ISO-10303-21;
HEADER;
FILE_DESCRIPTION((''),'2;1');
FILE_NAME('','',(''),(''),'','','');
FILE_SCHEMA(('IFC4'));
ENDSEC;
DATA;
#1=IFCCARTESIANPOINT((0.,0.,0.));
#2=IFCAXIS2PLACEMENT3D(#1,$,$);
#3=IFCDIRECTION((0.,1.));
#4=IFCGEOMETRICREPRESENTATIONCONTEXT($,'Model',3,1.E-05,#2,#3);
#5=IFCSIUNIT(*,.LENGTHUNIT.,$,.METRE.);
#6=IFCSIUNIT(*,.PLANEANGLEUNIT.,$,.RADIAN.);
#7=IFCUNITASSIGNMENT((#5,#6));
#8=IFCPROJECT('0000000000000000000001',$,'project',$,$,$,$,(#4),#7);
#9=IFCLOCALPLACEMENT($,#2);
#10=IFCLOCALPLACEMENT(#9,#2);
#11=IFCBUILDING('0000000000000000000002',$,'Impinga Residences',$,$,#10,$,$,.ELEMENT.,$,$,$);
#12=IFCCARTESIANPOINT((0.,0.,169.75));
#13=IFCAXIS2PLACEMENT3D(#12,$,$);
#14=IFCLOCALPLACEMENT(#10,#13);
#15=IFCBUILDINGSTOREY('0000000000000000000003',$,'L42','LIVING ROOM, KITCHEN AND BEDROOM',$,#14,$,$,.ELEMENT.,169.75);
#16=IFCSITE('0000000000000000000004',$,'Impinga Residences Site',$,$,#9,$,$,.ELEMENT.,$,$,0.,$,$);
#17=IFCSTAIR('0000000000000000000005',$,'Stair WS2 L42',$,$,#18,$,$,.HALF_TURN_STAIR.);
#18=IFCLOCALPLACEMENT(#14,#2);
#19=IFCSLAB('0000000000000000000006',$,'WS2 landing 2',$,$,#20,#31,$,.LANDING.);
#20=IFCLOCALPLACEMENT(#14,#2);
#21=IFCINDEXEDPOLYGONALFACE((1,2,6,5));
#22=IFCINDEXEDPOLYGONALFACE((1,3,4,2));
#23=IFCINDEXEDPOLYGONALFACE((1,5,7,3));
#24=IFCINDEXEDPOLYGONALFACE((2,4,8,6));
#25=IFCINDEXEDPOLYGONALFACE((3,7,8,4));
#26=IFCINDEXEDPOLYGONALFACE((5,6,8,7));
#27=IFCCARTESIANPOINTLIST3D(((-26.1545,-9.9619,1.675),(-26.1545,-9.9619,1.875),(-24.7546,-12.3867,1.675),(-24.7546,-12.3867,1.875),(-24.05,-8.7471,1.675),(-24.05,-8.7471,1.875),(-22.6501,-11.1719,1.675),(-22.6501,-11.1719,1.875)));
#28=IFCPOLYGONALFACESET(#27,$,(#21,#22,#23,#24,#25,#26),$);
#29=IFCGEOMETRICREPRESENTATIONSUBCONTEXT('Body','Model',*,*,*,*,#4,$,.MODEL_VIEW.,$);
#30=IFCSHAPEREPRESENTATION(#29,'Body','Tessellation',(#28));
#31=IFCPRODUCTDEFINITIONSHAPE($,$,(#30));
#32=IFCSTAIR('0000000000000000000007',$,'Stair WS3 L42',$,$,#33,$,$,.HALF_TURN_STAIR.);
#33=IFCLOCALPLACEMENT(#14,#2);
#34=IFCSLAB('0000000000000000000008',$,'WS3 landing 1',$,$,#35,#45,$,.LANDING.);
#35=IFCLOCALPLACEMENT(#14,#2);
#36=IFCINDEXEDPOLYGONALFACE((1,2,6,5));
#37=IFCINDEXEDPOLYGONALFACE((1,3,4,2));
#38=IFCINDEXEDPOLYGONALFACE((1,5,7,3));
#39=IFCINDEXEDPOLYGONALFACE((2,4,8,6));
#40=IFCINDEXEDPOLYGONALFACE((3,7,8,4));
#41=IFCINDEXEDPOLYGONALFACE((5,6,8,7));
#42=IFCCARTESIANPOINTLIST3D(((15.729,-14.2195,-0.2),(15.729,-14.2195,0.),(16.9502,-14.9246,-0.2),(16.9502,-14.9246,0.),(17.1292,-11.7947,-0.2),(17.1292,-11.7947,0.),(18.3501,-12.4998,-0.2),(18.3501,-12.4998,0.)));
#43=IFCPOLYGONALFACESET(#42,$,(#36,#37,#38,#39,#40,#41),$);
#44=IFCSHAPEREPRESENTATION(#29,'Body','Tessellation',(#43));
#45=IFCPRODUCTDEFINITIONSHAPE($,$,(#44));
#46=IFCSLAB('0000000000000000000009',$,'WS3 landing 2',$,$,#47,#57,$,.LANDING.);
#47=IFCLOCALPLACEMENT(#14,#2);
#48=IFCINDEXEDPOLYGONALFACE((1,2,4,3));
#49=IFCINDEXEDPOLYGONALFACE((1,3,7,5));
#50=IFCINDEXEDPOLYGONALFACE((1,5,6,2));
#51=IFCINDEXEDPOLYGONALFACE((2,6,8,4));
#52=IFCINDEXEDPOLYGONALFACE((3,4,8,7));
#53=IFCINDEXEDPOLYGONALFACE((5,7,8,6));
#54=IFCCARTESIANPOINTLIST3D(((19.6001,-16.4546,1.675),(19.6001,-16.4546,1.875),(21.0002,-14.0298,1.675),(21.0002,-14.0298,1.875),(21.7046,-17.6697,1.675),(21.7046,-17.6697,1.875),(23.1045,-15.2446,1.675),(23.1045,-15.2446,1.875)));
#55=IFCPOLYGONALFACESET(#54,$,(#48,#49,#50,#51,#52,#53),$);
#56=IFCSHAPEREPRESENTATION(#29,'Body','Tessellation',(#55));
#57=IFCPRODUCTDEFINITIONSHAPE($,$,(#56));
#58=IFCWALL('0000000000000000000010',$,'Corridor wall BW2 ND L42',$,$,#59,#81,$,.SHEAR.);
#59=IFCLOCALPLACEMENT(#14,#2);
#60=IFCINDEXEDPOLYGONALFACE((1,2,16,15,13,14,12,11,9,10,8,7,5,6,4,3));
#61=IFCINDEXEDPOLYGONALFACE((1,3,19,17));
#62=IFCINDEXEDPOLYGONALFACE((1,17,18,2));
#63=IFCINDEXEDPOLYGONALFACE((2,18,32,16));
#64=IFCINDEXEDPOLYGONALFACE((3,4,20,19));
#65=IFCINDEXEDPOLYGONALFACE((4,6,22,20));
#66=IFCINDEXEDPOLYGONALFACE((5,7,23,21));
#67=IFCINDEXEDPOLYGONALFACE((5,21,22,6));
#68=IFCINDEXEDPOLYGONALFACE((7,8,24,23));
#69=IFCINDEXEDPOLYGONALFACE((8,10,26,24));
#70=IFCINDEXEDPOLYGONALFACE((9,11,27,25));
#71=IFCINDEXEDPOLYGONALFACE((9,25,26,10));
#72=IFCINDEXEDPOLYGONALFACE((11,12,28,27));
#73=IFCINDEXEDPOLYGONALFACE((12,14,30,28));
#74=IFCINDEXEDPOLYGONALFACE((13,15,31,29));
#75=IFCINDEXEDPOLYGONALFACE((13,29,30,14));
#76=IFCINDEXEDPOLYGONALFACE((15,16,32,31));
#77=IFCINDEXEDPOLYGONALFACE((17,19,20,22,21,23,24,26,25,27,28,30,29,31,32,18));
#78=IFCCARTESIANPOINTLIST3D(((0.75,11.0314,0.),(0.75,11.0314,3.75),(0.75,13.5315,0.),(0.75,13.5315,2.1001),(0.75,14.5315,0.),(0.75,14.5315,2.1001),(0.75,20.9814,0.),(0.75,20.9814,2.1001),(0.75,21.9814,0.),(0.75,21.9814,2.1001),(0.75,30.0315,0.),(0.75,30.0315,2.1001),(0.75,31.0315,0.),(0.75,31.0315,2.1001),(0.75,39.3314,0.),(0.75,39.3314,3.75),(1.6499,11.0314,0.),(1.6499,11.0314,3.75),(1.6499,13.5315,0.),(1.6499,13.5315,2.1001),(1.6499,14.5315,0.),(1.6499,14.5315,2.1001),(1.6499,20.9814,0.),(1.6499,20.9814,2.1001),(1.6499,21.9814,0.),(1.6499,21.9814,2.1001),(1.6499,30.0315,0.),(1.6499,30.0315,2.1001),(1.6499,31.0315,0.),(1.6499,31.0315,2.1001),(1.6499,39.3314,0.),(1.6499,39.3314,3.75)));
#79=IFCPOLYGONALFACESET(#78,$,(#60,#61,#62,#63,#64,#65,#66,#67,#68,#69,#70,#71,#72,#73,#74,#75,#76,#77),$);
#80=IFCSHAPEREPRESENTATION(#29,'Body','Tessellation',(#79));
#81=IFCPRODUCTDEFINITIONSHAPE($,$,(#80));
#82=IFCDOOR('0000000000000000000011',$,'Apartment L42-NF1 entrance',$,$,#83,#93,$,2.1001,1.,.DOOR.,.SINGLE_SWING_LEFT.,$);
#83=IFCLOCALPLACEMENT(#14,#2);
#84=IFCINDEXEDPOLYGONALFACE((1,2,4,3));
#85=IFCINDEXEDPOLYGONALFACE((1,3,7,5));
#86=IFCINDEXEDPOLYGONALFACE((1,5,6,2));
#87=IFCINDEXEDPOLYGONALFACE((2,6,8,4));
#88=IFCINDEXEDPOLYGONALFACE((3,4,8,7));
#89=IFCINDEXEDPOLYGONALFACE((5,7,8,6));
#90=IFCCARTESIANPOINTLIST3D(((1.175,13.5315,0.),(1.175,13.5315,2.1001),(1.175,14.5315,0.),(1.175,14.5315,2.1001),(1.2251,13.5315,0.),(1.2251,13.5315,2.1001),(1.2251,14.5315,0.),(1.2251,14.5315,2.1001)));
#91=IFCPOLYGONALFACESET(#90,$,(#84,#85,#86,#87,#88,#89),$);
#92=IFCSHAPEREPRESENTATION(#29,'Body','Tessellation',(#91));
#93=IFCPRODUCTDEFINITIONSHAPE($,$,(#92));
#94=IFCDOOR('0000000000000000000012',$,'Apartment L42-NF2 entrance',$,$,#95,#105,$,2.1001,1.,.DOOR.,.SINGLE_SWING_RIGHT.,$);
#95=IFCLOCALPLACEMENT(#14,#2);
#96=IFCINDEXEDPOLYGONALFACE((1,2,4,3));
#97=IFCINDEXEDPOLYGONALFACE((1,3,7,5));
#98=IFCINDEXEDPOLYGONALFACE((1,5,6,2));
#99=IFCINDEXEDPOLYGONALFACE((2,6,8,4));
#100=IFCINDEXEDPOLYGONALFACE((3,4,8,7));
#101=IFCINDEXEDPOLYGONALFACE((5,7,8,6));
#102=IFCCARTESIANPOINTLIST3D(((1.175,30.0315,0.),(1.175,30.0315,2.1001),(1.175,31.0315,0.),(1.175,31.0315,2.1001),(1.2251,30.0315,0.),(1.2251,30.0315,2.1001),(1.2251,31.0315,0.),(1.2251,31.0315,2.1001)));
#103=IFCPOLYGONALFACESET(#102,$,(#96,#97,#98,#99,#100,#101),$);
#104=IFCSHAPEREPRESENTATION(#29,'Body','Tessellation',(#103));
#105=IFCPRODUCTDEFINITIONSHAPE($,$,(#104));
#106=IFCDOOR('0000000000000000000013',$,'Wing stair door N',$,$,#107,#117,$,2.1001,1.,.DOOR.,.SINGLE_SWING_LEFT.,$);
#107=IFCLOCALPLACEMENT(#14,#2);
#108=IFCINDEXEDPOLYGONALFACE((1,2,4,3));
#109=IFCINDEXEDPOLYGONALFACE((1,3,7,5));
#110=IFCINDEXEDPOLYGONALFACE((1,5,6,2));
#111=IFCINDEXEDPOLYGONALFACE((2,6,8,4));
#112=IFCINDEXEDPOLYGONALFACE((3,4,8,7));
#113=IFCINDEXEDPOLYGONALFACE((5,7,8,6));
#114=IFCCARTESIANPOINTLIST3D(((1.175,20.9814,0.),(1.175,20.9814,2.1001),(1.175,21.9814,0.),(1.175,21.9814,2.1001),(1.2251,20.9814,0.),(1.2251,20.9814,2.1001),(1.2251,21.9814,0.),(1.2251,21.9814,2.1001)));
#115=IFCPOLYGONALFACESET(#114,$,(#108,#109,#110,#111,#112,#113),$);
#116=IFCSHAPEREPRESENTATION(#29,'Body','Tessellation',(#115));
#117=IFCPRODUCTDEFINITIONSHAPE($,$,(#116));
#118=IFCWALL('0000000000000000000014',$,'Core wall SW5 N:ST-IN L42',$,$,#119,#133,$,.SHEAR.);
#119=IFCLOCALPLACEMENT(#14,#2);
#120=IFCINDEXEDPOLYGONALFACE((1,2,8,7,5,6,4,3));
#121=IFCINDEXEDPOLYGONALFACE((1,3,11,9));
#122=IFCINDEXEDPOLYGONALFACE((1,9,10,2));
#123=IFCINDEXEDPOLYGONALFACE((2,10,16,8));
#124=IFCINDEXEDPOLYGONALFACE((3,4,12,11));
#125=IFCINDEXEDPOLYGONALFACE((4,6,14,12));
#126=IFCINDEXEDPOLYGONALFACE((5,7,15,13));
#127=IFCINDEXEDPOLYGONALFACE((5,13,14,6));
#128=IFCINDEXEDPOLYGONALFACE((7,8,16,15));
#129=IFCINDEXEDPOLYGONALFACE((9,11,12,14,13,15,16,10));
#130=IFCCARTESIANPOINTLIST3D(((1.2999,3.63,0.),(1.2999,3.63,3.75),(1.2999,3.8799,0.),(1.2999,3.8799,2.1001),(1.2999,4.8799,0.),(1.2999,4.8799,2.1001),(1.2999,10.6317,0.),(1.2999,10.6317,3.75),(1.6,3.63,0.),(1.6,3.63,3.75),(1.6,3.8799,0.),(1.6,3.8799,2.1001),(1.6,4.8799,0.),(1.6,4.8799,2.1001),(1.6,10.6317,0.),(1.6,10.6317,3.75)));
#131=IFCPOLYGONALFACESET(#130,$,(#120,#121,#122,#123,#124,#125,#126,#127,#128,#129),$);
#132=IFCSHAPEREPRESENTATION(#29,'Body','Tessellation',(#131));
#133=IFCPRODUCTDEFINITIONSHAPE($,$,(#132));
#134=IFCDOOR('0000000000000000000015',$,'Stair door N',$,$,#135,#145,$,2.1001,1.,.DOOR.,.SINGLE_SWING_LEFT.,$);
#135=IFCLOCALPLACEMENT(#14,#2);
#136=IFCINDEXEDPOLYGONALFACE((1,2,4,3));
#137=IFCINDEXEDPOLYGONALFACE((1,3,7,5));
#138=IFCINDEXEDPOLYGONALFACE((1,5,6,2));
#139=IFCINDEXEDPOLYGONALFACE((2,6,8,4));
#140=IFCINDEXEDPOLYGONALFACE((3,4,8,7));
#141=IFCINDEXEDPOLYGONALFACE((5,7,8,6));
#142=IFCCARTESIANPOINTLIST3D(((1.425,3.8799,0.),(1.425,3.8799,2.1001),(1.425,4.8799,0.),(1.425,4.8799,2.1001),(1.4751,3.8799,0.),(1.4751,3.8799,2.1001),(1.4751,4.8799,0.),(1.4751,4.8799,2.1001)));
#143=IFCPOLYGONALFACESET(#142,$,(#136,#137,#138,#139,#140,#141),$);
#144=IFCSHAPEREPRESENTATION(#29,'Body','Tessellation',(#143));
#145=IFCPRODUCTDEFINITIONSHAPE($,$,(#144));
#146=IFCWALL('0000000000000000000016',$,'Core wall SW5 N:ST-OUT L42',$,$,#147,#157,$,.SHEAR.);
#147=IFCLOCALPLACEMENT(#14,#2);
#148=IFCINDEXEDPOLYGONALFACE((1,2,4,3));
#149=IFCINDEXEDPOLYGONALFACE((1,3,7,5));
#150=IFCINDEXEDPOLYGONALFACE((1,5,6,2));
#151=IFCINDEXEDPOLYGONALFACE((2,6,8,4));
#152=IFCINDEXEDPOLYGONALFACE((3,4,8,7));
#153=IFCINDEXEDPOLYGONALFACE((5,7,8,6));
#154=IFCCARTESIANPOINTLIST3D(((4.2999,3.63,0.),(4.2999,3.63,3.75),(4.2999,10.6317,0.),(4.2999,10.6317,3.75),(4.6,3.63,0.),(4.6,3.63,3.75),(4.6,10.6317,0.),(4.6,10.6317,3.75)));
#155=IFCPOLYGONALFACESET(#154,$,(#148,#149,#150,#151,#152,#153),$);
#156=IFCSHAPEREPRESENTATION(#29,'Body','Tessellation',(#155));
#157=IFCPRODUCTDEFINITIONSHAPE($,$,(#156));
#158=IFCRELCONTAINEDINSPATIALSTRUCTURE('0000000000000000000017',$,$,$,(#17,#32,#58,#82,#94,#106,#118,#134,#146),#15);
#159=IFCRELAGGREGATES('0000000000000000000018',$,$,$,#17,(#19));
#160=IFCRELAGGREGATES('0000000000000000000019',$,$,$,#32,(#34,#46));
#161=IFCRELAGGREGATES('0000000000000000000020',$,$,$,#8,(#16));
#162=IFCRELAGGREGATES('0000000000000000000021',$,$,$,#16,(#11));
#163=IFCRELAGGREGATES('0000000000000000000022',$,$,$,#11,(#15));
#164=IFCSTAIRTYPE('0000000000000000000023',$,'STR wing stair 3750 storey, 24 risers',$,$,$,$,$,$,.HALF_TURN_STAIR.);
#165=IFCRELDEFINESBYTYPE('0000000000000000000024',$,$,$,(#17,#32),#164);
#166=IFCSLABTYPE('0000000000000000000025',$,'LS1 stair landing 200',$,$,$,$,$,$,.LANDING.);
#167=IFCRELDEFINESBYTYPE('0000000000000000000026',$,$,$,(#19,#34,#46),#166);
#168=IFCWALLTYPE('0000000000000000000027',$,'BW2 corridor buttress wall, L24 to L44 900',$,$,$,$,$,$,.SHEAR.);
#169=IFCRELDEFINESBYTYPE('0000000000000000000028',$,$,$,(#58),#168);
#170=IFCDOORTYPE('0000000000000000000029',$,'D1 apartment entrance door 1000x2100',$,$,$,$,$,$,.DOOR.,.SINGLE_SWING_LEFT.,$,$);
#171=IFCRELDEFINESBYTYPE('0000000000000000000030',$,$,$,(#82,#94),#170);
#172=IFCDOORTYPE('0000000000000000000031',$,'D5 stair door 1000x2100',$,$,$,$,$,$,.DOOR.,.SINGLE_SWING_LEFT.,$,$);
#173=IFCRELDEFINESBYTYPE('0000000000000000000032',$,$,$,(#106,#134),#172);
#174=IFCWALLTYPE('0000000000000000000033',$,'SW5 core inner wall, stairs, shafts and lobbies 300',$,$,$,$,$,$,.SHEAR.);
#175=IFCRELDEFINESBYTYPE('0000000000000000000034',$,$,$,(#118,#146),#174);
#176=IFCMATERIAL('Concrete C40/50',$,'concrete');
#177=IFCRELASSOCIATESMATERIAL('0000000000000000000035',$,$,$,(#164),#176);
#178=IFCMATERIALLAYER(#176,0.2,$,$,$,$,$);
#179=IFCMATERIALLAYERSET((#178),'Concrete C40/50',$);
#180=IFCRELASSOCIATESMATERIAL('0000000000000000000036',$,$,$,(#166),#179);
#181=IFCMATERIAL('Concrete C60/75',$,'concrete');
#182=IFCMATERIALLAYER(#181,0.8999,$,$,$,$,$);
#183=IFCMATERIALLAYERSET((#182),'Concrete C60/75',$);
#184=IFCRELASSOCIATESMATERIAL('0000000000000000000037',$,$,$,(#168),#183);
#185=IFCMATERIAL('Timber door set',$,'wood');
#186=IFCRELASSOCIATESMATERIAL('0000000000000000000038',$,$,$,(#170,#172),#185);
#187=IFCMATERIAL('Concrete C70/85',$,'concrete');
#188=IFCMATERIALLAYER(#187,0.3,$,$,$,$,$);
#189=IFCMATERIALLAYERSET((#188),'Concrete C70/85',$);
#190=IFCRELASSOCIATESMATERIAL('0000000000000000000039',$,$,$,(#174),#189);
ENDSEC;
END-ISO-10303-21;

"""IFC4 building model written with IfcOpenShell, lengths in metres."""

from ifc_helpers import new_model, si_unit, direction, frame, frame_2d, origin, place, context, subcontext, project, spatial, polyline, rectangle, outline, extrude, material, layer, layer_set, type_object, element, fill, aggregate, save


model = new_model("IFC4")

# Units and contexts
model_context = context("Model", 3, precision=1e-05, world=origin(), true_north=direction((0.0, 1.0)))
body_context = subcontext(model_context, "Body", "Model", "MODEL_VIEW")
ifc_project = project(units=[si_unit("LENGTHUNIT", "METRE"), si_unit("PLANEANGLEUNIT", "RADIAN")], contexts=[model_context])

# Site, building, storey
site_placement = place(None, origin())
site = spatial("IfcSite", under=ifc_project, at=site_placement, Name="Impinga Residences Site", CompositionType="ELEMENT", RefElevation=0.0)
building_placement = place(site_placement, origin())
building = spatial("IfcBuilding", under=site, at=building_placement, Name="Impinga Residences", CompositionType="ELEMENT")
storey_placement = place(building_placement, frame((0.0, 0.0, 169.75)))
storey = spatial("IfcBuildingStorey", under=building, at=storey_placement, Name="L42", Description="LIVING ROOM, KITCHEN AND BEDROOM", CompositionType="ELEMENT", Elevation=169.75)

# Stair, slab
ifc_material_1 = material(Name="Concrete C40/50", Category="concrete")
stair_type_1 = type_object("IfcStairType", Name="STR wing stair 3750 storey, 24 risers", PredefinedType="HALF_TURN_STAIR", material=ifc_material_1)
stair_1_placement = place(storey_placement, origin())
stair_1 = element("IfcStair", 1, at=stair_1_placement, inside=storey, type_object=stair_type_1, Name="Stair WS2 L42", PredefinedType="HALF_TURN_STAIR")
ifc_layer_1 = layer(ifc_material_1, 0.2)
ifc_layer_set_1 = layer_set([ifc_layer_1], Name="Concrete C40/50")
slab_type = type_object("IfcSlabType", Name="LS1 stair landing 200", PredefinedType="LANDING", material=ifc_layer_set_1)
slab_1_placement = place(storey_placement, frame((0.0, 0.0, 1.675)))
slab_1 = element("IfcSlab", 2, at=slab_1_placement, type_object=slab_type, Name="WS2 landing 2", PredefinedType="LANDING", context=body_context, shape_type="SweptSolid", body=[
    extrude(outline(polyline([(-22.6501, -11.1719), (-24.05, -8.7471), (-26.1545, -9.9619), (-24.7546, -12.3867), (-22.6501, -11.1719)])), origin(), (0.0, 0.0, 1.0), 0.2),
])
aggregate(stair_1, [slab_1])

# Stair, slabs
stair_2_placement = place(storey_placement, origin())
stair_2 = element("IfcStair", 3, at=stair_2_placement, inside=storey, type_object=stair_type_1, Name="Stair WS3 L42", PredefinedType="HALF_TURN_STAIR")
slab_2_placement = place(storey_placement, frame((0.0, 0.0, -0.2)))
slab_2 = element("IfcSlab", 4, at=slab_2_placement, type_object=slab_type, Name="WS3 landing 1", PredefinedType="LANDING", context=body_context, shape_type="SweptSolid", body=[
    extrude(outline(polyline([(17.1292, -11.7947), (15.729, -14.2195), (16.9502, -14.9246), (18.3501, -12.4998), (17.1292, -11.7947)])), origin(), (0.0, 0.0, 1.0), 0.2),
])
slab_3_placement = place(storey_placement, frame((0.0, 0.0, 1.675)))
slab_3 = element("IfcSlab", 5, at=slab_3_placement, type_object=slab_type, Name="WS3 landing 2", PredefinedType="LANDING", context=body_context, shape_type="SweptSolid", body=[
    extrude(outline(polyline([(21.0002, -14.0298), (19.6001, -16.4546), (21.7046, -17.6697), (23.1045, -15.2446), (21.0002, -14.0298)])), origin(), (0.0, 0.0, 1.0), 0.2),
])
aggregate(stair_2, [slab_2, slab_3])

# Wall, openings, doors
ifc_material_2 = material(Name="Concrete C60/75", Category="concrete")
ifc_layer_2 = layer(ifc_material_2, 0.8999)
ifc_layer_set_2 = layer_set([ifc_layer_2], Name="Concrete C60/75")
wall_type_1 = type_object("IfcWallType", Name="BW2 corridor buttress wall, L24 to L44 900", PredefinedType="SHEAR", material=ifc_layer_set_2)
wall_1_placement = place(storey_placement, frame((1.2, 11.0315, 0.0), z_axis=(0.0, 0.0, 1.0), x_axis=(0.0, 1.0, 0.0)))
wall_1 = element("IfcWall", 6, at=wall_1_placement, inside=storey, type_object=wall_type_1, Name="Corridor wall BW2 ND L42", PredefinedType="SHEAR", context=body_context, shape_type="SweptSolid", body=[
    extrude(rectangle(XDim=28.3, YDim=0.8999, at=frame_2d((14.1499, 0.0))), origin(), (0.0, 0.0, 1.0), 3.75),
])
opening_1_placement = place(wall_1_placement, frame((9.95, 0.0, 0.0)))
opening_1 = element("IfcOpeningElement", 7, at=opening_1_placement, cuts=wall_1, PredefinedType="OPENING", context=body_context, shape_type="SweptSolid", body=[
    extrude(rectangle(XDim=1.0, YDim=2.1001, at=frame_2d((0.5, 1.05))), frame((0.0, 0.46, 0.0), z_axis=(0.0, -1.0, 0.0), x_axis=(1.0, 0.0, 0.0)), (0.0, 0.0, 1.0), 0.9199),
])
opening_2_placement = place(wall_1_placement, frame((2.5, 0.0, 0.0)))
opening_2 = element("IfcOpeningElement", 8, at=opening_2_placement, cuts=wall_1, PredefinedType="OPENING", context=body_context, shape_type="SweptSolid", body=[
    extrude(rectangle(XDim=1.0, YDim=2.1001, at=frame_2d((0.5, 1.05))), frame((0.0, 0.46, 0.0), z_axis=(0.0, -1.0, 0.0), x_axis=(1.0, 0.0, 0.0)), (0.0, 0.0, 1.0), 0.9199),
])
opening_3_placement = place(wall_1_placement, frame((19.0, 0.0, 0.0)))
opening_3 = element("IfcOpeningElement", 9, at=opening_3_placement, cuts=wall_1, PredefinedType="OPENING", context=body_context, shape_type="SweptSolid", body=[
    extrude(rectangle(XDim=1.0, YDim=2.1001, at=frame_2d((0.5, 1.05))), frame((0.0, 0.46, 0.0), z_axis=(0.0, -1.0, 0.0), x_axis=(1.0, 0.0, 0.0)), (0.0, 0.0, 1.0), 0.9199),
])
ifc_material_3 = material(Name="Timber door set", Category="wood")
door_type_1 = type_object("IfcDoorType", Name="D1 apartment entrance door 1000x2100", OperationType="SINGLE_SWING_LEFT", PredefinedType="DOOR", material=ifc_material_3)
door_1_placement = place(opening_2_placement, origin())
door_1 = element("IfcDoor", 10, at=door_1_placement, inside=storey, type_object=door_type_1, Name="Apartment L42-NF1 entrance", OperationType="SINGLE_SWING_LEFT", OverallHeight=2.1001, OverallWidth=1.0, PredefinedType="DOOR", context=body_context, shape_type="SweptSolid", body=[
    extrude(rectangle(XDim=1.0, YDim=2.1001, at=frame_2d((0.5, 1.05))), frame((0.0, 0.0249, 0.0), z_axis=(0.0, -1.0, 0.0), x_axis=(1.0, 0.0, 0.0)), (0.0, 0.0, 1.0), 0.05),
])
fill(opening_2, door_1)
door_2_placement = place(opening_3_placement, origin())
door_2 = element("IfcDoor", 11, at=door_2_placement, inside=storey, type_object=door_type_1, Name="Apartment L42-NF2 entrance", OperationType="SINGLE_SWING_RIGHT", OverallHeight=2.1001, OverallWidth=1.0, PredefinedType="DOOR", context=body_context, shape_type="SweptSolid", body=[
    extrude(rectangle(XDim=1.0, YDim=2.1001, at=frame_2d((0.5, 1.05))), frame((0.0, 0.0249, 0.0), z_axis=(0.0, -1.0, 0.0), x_axis=(1.0, 0.0, 0.0)), (0.0, 0.0, 1.0), 0.05),
])
fill(opening_3, door_2)
door_type_2 = type_object("IfcDoorType", Name="D5 stair door 1000x2100", OperationType="SINGLE_SWING_LEFT", PredefinedType="DOOR", material=ifc_material_3)
door_3_placement = place(opening_1_placement, origin())
door_3 = element("IfcDoor", 12, at=door_3_placement, inside=storey, type_object=door_type_2, Name="Wing stair door N", OperationType="SINGLE_SWING_LEFT", OverallHeight=2.1001, OverallWidth=1.0, PredefinedType="DOOR", context=body_context, shape_type="SweptSolid", body=[
    extrude(rectangle(XDim=1.0, YDim=2.1001, at=frame_2d((0.5, 1.05))), frame((0.0, 0.0249, 0.0), z_axis=(0.0, -1.0, 0.0), x_axis=(1.0, 0.0, 0.0)), (0.0, 0.0, 1.0), 0.05),
])
fill(opening_1, door_3)

# Wall, opening, door
ifc_material_4 = material(Name="Concrete C70/85", Category="concrete")
ifc_layer_3 = layer(ifc_material_4, 0.3)
ifc_layer_set_3 = layer_set([ifc_layer_3], Name="Concrete C70/85")
wall_type_2 = type_object("IfcWallType", Name="SW5 core inner wall, stairs, shafts and lobbies 300", PredefinedType="SHEAR", material=ifc_layer_set_3)
wall_2_placement = place(storey_placement, frame((1.45, 3.6299, 0.0), z_axis=(0.0, 0.0, 1.0), x_axis=(0.0, 1.0, 0.0)))
wall_2 = element("IfcWall", 13, at=wall_2_placement, inside=storey, type_object=wall_type_2, Name="Core wall SW5 N:ST-IN L42", PredefinedType="SHEAR", context=body_context, shape_type="SweptSolid", body=[
    extrude(rectangle(XDim=7.0017, YDim=0.3, at=frame_2d((3.501, 0.0))), origin(), (0.0, 0.0, 1.0), 3.75),
])
opening_4_placement = place(wall_2_placement, frame((0.25, 0.0, 0.0)))
opening_4 = element("IfcOpeningElement", 14, at=opening_4_placement, cuts=wall_2, PredefinedType="OPENING", context=body_context, shape_type="SweptSolid", body=[
    extrude(rectangle(XDim=1.0, YDim=2.1001, at=frame_2d((0.5, 1.05))), frame((0.0, 0.1599, 0.0), z_axis=(0.0, -1.0, 0.0), x_axis=(1.0, 0.0, 0.0)), (0.0, 0.0, 1.0), 0.3201),
])
door_4_placement = place(opening_4_placement, origin())
door_4 = element("IfcDoor", 15, at=door_4_placement, inside=storey, type_object=door_type_2, Name="Stair door N", OperationType="SINGLE_SWING_LEFT", OverallHeight=2.1001, OverallWidth=1.0, PredefinedType="DOOR", context=body_context, shape_type="SweptSolid", body=[
    extrude(rectangle(XDim=1.0, YDim=2.1001, at=frame_2d((0.5, 1.05))), frame((0.0, 0.0249, 0.0), z_axis=(0.0, -1.0, 0.0), x_axis=(1.0, 0.0, 0.0)), (0.0, 0.0, 1.0), 0.05),
])
fill(opening_4, door_4)

# Wall
wall_3_placement = place(storey_placement, frame((4.45, 3.6299, 0.0), z_axis=(0.0, 0.0, 1.0), x_axis=(0.0, 1.0, 0.0)))
element("IfcWall", 16, at=wall_3_placement, inside=storey, type_object=wall_type_2, Name="Core wall SW5 N:ST-OUT L42", PredefinedType="SHEAR", context=body_context, shape_type="SweptSolid", body=[
    extrude(rectangle(XDim=7.0017, YDim=0.3, at=frame_2d((3.501, 0.0))), origin(), (0.0, 0.0, 1.0), 3.75),
])

save(model, "model.ifc")
